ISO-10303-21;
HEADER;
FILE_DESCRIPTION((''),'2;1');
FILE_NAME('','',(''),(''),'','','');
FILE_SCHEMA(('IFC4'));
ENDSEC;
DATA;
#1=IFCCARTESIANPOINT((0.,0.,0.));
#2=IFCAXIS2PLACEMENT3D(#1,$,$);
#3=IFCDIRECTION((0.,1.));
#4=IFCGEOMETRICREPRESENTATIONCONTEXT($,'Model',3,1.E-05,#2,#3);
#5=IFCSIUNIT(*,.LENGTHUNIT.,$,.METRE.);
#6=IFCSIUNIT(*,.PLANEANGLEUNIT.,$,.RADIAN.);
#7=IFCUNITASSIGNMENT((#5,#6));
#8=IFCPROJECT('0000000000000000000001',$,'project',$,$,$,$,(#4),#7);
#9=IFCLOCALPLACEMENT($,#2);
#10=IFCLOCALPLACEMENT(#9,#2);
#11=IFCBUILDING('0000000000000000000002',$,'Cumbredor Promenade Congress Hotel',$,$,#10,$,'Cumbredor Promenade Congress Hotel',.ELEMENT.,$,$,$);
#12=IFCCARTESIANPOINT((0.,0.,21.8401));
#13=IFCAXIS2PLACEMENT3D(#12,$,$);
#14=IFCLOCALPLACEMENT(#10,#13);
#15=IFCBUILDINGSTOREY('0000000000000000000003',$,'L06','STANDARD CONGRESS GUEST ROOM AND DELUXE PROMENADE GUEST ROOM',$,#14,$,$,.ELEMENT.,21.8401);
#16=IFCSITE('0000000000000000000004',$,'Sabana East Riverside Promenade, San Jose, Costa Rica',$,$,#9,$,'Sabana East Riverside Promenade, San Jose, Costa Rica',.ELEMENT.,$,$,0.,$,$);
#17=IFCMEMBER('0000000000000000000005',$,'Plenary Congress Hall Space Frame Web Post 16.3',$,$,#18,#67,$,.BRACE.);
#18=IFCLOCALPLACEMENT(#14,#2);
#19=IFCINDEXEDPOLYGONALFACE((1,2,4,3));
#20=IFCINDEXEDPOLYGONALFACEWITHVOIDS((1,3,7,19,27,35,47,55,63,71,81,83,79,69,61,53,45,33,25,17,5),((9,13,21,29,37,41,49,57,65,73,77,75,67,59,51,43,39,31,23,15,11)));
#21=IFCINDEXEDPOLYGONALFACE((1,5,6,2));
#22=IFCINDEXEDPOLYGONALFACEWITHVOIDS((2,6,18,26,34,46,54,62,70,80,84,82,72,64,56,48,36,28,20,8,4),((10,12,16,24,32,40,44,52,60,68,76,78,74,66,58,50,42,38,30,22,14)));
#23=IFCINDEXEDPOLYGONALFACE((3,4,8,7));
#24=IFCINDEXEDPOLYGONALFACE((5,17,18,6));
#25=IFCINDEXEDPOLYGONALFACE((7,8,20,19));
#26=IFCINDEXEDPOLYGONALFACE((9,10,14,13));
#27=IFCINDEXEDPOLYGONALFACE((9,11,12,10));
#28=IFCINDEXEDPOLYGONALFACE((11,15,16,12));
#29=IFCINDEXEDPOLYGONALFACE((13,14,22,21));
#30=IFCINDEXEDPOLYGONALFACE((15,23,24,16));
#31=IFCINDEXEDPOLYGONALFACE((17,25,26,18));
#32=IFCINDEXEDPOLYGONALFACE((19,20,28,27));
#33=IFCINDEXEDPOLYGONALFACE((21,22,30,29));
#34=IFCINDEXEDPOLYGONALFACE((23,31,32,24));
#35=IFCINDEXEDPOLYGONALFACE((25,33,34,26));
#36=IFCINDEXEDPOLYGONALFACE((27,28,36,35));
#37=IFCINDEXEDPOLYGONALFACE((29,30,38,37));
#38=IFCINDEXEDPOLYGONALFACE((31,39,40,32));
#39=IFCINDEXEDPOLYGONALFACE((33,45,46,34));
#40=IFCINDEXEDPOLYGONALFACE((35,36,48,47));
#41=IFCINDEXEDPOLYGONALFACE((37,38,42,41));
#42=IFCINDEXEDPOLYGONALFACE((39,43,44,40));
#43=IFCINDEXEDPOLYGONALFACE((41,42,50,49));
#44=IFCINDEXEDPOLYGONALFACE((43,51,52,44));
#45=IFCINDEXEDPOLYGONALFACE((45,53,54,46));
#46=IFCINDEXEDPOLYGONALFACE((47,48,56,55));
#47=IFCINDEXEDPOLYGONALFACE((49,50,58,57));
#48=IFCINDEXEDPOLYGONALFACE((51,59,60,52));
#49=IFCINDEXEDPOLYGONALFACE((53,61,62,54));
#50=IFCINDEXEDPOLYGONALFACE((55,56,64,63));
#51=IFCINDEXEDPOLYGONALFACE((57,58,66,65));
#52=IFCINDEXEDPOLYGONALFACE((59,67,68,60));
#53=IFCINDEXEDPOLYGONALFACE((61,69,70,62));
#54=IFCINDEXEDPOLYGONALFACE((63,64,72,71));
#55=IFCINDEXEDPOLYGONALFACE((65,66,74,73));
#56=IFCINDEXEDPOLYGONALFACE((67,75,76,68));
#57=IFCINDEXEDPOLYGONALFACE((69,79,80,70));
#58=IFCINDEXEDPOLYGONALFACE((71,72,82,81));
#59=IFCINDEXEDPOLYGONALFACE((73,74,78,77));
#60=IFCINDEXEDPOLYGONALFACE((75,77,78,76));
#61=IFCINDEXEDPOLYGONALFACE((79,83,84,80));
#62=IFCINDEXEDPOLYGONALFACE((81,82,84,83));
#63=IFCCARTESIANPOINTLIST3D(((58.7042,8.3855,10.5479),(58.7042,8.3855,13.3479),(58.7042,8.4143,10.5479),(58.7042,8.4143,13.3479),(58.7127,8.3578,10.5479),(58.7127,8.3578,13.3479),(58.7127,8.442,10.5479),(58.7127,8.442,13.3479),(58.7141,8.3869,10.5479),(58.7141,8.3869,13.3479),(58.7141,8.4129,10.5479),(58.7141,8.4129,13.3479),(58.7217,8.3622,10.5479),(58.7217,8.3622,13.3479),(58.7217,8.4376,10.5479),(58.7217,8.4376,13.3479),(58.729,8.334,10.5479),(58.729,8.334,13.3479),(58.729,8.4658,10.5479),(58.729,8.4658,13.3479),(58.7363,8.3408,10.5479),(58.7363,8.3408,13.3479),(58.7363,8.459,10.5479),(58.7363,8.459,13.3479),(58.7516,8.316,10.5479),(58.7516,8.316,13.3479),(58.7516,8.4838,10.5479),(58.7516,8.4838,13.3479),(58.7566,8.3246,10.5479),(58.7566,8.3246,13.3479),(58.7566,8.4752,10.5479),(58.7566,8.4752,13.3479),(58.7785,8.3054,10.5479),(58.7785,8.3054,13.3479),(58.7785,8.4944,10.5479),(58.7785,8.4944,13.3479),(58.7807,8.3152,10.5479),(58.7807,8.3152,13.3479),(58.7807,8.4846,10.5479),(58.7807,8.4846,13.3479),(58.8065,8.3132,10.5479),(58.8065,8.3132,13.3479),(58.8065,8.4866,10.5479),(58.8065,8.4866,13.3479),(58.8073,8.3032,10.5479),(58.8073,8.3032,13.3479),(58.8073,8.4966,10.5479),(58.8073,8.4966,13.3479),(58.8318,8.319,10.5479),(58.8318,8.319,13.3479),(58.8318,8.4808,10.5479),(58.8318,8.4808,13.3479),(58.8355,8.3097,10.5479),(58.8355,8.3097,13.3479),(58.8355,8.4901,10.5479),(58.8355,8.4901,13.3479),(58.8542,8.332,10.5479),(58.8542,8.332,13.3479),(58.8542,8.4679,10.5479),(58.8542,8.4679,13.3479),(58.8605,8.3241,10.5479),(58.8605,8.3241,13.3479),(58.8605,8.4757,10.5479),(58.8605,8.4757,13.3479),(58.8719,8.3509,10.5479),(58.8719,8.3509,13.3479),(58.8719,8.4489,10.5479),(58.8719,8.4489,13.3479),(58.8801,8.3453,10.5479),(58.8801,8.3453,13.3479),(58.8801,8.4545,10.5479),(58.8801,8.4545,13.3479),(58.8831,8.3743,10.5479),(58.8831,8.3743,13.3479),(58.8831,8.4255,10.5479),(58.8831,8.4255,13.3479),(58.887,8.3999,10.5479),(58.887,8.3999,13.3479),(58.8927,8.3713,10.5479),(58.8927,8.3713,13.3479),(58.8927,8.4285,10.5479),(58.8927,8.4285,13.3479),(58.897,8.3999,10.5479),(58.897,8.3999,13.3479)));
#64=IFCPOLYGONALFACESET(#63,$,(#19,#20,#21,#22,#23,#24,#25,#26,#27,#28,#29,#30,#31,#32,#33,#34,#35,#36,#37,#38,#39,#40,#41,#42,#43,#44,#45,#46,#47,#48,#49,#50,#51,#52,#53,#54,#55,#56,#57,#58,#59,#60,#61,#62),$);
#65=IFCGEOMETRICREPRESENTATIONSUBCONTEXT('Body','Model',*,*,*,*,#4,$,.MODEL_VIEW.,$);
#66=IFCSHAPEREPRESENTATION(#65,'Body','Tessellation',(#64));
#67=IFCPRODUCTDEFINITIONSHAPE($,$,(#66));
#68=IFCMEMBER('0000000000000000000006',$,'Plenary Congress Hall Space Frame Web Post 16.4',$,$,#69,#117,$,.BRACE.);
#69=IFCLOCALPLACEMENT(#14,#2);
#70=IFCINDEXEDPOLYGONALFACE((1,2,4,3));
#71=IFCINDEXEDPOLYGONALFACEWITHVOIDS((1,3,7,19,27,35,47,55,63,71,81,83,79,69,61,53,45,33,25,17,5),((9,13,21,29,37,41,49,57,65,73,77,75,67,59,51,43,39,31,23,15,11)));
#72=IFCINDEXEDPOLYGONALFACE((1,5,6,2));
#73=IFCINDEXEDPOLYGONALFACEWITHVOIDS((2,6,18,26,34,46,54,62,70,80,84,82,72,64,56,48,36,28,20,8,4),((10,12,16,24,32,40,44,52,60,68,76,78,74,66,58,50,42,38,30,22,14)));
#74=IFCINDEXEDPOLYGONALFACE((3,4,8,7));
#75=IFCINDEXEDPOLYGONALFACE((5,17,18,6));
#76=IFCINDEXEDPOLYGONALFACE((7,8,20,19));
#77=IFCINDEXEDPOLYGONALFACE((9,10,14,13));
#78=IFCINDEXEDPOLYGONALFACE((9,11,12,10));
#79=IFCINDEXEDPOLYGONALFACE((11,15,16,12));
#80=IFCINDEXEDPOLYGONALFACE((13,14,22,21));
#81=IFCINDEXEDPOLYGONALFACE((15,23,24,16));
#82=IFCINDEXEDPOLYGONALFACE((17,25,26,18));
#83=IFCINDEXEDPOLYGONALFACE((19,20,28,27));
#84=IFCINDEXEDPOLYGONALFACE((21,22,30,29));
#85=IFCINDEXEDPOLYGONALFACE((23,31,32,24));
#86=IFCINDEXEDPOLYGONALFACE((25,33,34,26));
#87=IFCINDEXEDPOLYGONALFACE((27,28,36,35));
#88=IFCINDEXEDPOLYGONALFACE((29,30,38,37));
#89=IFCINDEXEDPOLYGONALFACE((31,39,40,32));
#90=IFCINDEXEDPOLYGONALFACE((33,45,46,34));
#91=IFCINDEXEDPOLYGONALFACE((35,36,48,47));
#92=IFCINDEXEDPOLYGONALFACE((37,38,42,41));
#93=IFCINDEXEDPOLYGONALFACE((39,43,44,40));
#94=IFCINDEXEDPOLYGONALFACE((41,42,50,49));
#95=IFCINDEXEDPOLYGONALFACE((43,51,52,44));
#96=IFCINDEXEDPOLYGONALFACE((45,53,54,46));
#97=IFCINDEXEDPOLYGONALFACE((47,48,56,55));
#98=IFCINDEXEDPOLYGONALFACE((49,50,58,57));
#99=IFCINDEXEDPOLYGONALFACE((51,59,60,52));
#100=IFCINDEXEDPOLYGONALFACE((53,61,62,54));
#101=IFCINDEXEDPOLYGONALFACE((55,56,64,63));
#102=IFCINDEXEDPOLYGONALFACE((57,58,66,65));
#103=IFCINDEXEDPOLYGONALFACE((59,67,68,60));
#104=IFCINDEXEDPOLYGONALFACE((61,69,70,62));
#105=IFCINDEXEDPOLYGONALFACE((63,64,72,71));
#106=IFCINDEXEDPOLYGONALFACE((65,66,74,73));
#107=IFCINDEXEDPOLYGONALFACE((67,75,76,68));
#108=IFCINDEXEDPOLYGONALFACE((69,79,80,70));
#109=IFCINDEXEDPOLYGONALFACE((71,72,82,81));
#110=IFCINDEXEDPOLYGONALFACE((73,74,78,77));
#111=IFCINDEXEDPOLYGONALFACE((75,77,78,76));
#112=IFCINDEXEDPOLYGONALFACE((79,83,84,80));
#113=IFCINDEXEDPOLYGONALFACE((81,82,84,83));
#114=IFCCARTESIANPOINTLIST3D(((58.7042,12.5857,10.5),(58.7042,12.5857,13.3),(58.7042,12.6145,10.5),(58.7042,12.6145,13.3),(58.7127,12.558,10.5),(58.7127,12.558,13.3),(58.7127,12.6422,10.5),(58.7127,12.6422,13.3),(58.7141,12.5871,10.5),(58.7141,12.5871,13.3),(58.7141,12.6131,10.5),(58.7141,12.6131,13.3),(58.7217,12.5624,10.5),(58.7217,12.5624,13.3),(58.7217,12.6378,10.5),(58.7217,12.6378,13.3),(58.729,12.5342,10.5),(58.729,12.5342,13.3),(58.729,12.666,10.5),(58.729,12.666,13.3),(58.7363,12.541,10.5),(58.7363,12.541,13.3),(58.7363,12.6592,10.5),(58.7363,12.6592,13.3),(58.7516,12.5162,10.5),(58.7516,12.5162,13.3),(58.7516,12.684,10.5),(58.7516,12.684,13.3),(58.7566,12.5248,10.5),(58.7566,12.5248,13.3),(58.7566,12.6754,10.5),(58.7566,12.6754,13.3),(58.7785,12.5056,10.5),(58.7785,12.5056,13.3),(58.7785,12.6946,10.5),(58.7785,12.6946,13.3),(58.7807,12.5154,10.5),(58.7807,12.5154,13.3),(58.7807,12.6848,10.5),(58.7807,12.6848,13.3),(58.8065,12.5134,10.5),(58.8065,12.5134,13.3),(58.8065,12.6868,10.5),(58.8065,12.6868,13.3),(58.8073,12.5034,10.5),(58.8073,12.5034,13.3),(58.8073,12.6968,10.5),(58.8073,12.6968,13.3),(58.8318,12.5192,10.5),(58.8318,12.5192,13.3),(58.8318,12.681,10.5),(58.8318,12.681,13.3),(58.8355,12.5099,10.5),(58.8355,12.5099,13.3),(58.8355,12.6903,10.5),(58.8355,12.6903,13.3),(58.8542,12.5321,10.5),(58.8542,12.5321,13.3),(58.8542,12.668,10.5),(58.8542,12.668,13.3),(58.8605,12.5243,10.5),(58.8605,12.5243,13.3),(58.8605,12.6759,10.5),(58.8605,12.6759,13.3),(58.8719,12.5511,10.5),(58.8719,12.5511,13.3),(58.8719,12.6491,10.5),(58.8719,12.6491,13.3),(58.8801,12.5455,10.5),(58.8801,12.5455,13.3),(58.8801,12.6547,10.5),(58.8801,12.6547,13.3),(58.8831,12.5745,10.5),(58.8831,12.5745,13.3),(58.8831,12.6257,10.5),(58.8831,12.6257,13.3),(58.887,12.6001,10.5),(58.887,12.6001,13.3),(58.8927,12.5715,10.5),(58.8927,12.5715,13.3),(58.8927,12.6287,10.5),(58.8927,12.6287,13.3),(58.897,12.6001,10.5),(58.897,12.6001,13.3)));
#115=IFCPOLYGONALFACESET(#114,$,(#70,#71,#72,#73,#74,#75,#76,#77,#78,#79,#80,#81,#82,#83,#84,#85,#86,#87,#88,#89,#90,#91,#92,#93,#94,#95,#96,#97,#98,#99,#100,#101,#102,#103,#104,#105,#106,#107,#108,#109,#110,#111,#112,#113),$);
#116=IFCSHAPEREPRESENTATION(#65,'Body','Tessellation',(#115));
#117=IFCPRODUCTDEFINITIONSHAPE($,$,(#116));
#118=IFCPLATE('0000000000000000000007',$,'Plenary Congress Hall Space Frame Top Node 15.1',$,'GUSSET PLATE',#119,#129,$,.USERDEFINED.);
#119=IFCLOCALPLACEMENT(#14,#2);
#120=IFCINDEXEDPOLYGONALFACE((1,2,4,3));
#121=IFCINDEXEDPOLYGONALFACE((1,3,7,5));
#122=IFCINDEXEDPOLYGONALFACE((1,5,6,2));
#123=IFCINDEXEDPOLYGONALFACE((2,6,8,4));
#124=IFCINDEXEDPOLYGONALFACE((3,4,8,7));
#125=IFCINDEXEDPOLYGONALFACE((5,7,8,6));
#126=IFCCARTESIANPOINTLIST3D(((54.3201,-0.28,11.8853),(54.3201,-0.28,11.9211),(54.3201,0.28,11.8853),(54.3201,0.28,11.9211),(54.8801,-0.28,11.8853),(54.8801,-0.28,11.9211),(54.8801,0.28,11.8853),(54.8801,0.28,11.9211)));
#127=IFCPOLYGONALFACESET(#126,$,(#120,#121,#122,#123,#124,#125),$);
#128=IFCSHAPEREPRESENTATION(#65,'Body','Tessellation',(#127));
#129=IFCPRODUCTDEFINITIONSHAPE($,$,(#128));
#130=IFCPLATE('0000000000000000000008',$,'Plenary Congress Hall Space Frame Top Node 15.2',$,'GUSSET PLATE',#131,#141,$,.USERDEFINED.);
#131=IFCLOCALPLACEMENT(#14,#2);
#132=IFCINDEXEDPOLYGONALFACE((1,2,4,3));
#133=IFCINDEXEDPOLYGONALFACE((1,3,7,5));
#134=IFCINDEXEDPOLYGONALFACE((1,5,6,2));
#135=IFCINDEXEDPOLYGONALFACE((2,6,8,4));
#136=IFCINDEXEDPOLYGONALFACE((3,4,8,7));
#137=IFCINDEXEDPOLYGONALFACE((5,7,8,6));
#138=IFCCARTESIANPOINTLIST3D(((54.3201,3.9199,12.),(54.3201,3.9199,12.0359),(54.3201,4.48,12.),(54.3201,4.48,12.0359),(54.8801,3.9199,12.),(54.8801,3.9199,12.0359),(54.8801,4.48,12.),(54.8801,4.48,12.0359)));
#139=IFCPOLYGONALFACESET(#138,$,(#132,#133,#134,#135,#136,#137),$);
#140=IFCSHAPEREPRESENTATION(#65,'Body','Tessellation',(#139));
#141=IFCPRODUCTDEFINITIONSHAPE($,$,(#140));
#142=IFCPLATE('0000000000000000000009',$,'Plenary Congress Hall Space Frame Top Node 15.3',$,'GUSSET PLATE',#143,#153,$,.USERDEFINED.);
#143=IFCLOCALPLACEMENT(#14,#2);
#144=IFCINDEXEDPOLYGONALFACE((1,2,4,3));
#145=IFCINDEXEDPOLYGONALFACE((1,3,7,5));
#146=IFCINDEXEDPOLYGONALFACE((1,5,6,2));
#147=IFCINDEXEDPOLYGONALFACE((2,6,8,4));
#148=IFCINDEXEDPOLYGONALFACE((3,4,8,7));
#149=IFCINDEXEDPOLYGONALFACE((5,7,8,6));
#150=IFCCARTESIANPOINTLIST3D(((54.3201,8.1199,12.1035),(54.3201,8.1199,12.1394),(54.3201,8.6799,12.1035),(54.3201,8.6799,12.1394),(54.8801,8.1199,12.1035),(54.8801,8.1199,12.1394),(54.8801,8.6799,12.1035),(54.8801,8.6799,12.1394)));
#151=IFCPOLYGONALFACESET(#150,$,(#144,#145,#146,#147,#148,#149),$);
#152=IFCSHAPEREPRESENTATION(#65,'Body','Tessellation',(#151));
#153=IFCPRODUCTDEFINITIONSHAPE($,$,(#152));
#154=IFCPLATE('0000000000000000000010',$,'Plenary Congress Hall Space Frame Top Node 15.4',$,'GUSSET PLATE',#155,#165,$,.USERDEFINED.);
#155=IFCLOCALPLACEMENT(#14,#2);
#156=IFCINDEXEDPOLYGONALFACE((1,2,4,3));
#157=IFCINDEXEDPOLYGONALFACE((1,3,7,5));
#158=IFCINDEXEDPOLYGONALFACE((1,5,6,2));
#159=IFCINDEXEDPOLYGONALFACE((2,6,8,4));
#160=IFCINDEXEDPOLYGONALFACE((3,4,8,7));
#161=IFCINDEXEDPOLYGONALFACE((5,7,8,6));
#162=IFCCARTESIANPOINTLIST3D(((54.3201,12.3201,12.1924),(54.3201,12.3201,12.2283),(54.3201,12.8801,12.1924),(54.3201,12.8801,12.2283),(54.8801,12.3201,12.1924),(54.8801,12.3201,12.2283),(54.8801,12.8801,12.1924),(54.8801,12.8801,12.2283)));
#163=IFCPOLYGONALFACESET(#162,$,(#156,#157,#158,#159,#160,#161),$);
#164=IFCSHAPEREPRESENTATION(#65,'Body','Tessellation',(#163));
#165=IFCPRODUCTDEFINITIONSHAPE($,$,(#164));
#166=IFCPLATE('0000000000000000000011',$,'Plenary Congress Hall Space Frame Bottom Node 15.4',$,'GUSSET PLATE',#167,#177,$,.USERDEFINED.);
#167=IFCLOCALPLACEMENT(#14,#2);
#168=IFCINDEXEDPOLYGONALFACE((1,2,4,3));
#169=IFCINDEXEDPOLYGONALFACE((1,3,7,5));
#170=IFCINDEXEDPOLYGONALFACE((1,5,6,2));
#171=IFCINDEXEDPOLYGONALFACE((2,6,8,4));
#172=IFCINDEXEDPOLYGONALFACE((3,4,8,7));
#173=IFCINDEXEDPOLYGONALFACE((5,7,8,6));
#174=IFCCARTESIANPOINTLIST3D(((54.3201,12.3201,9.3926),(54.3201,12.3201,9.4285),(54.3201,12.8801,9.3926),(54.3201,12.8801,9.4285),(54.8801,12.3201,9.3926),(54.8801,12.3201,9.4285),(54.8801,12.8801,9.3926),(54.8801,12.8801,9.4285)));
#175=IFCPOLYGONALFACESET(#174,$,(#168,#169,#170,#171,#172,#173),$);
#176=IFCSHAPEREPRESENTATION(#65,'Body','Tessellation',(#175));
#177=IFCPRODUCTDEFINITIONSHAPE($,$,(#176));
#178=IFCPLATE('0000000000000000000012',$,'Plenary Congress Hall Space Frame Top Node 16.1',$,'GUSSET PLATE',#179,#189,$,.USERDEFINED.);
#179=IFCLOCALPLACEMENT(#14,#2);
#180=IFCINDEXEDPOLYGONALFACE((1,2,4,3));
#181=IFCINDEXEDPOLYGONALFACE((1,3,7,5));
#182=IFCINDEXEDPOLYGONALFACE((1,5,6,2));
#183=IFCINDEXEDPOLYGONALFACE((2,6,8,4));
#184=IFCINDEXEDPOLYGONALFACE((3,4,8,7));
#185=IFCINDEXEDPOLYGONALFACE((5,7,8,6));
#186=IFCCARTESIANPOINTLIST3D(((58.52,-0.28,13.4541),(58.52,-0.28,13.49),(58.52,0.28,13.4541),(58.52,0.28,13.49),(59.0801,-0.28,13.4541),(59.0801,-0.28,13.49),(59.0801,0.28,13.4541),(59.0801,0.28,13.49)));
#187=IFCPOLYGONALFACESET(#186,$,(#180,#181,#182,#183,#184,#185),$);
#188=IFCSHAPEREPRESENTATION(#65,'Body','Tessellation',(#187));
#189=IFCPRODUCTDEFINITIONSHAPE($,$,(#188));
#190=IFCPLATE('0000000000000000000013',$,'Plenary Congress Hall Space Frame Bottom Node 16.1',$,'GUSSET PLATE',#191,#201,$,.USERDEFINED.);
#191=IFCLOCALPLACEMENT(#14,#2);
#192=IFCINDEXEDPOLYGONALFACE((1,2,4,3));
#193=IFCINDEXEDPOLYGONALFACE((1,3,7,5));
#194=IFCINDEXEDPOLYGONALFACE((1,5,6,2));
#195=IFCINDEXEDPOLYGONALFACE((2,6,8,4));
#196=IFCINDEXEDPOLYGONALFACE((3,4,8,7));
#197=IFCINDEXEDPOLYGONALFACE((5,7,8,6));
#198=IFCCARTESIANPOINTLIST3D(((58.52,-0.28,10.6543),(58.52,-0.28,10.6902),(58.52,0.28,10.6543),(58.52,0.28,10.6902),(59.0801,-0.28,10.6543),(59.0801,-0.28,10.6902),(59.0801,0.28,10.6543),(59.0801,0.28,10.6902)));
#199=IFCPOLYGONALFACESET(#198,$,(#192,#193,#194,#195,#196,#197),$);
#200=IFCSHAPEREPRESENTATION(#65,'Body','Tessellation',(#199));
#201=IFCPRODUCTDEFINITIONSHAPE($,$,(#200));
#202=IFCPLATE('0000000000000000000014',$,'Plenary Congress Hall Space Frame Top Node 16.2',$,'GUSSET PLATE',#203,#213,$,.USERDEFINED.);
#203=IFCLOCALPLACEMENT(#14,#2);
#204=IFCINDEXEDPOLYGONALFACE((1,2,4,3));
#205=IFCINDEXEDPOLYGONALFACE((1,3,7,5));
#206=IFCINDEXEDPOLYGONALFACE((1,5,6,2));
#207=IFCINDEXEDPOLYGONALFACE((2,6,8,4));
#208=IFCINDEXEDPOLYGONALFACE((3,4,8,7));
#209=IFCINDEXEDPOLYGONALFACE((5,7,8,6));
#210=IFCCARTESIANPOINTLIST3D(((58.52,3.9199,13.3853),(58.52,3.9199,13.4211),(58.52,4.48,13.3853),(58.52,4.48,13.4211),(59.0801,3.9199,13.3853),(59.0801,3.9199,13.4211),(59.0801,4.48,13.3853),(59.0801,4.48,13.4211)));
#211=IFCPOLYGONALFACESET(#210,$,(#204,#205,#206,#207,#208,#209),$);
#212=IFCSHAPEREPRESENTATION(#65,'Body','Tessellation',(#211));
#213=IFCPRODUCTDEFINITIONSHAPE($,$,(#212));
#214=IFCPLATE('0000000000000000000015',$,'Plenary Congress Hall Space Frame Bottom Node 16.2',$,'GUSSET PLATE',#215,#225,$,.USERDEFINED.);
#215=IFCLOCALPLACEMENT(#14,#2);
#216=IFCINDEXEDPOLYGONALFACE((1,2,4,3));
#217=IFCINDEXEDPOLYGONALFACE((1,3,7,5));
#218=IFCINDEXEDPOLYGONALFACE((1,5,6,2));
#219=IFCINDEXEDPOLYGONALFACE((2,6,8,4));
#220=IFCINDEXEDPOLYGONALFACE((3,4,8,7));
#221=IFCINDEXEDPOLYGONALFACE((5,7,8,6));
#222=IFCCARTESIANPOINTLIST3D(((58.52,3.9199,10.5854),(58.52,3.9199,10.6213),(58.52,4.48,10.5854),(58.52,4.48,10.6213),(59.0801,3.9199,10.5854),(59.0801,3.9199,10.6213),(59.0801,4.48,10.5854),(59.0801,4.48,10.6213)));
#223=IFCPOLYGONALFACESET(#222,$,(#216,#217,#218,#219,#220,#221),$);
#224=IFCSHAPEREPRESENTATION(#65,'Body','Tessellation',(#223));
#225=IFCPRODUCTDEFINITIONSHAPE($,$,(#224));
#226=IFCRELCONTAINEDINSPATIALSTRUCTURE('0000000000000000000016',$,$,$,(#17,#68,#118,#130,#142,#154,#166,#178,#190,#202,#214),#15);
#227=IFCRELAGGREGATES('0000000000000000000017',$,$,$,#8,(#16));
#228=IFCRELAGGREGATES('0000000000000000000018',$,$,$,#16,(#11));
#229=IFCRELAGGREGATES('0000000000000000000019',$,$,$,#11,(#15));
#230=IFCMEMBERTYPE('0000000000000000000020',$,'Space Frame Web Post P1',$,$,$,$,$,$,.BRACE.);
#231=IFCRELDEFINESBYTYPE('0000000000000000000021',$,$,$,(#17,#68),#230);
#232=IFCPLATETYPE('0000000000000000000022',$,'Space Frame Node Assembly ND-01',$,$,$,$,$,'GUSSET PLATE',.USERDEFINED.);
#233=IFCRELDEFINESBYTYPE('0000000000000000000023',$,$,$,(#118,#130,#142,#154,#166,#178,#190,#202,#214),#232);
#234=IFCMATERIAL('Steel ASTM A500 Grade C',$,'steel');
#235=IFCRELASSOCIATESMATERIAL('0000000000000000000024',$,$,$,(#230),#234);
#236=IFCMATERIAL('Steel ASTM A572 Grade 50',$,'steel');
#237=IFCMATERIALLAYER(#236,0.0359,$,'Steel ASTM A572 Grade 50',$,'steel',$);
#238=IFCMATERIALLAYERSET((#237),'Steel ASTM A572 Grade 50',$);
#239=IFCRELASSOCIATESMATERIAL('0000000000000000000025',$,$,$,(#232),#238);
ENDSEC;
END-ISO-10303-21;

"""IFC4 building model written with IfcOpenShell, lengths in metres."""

from ifc_helpers import new_model, si_unit, direction, frame, origin, origin_2d, place, context, subcontext, project, spatial, rectangle, hollow_circle, extrude, material, layer, layer_set, material_profile, profile_set, type_object, element, save


model = new_model("IFC4")

# Units and contexts
model_context = context("Model", 3, precision=1e-05, world=origin(), true_north=direction((0.0, 1.0)))
body_context = subcontext(model_context, "Body", "Model", "MODEL_VIEW")
ifc_project = project(units=[si_unit("LENGTHUNIT", "METRE"), si_unit("PLANEANGLEUNIT", "RADIAN")], contexts=[model_context])

# Site, building, storey
site_placement = place(None, origin())
site = spatial("IfcSite", under=ifc_project, at=site_placement, Name="Sabana East Riverside Promenade, San Jose, Costa Rica", LongName="Sabana East Riverside Promenade, San Jose, Costa Rica", CompositionType="ELEMENT", RefElevation=0.0)
building_placement = place(site_placement, origin())
building = spatial("IfcBuilding", under=site, at=building_placement, Name="Cumbredor Promenade Congress Hotel", LongName="Cumbredor Promenade Congress Hotel", CompositionType="ELEMENT")
storey_placement = place(building_placement, frame((0.0, 0.0, 21.8401)))
storey = spatial("IfcBuildingStorey", under=building, at=storey_placement, Name="L06", Description="STANDARD CONGRESS GUEST ROOM AND DELUXE PROMENADE GUEST ROOM", CompositionType="ELEMENT", Elevation=21.8401)

# Members
ifc_material_1 = material(Name="Steel ASTM A500 Grade C", Category="steel")
ifc_material_profile_1 = material_profile(ifc_material_1, hollow_circle(Radius=0.0969, WallThickness=0.01, at=origin_2d()), Name="CHS 193.7x10")
ifc_profile_set_1 = profile_set([ifc_material_profile_1], Name="Steel ASTM A500 Grade C")
member_type_1 = type_object("IfcMemberType", Name="Space Frame Web Post P1", PredefinedType="BRACE", material=ifc_profile_set_1)
for number, where, z_axis, x_axis, name in (
    (1, (58.8, 8.3999, 10.5479), (0.0, 0.0, 1.0), (1.0, 0.0, 0.0), "Plenary Congress Hall Space Frame Web Post 16.3"),
    (2, (58.8, 12.6001, 10.5), (0.0, 0.0, 1.0), (1.0, 0.0, 0.0), "Plenary Congress Hall Space Frame Web Post 16.4"),
):
    element("IfcMember", number, at=place(storey_placement, frame(where, z_axis=z_axis, x_axis=x_axis)), inside=storey, type_object=member_type_1, Name=name, PredefinedType="BRACE", context=body_context, shape_type="SweptSolid", body=[
        extrude(hollow_circle(Radius=0.0969, WallThickness=0.01, at=origin_2d()), origin(), (0.0, 0.0, 1.0), 2.8),
    ])

# Plates
ifc_material_2 = material(Name="Steel ASTM A572 Grade 50", Category="steel")
ifc_layer = layer(ifc_material_2, 0.0359, Name="Steel ASTM A572 Grade 50", Category="steel")
ifc_layer_set = layer_set([ifc_layer], Name="Steel ASTM A572 Grade 50")
plate_type = type_object("IfcPlateType", Name="Space Frame Node Assembly ND-01", ElementType="GUSSET PLATE", PredefinedType="USERDEFINED", material=ifc_layer_set)
for number, where, z_axis, x_axis, name in (
    (3, (54.6001, 0.0, 11.8853), (0.0, 0.0, 1.0), (1.0, 0.0, 0.0), "Plenary Congress Hall Space Frame Top Node 15.1"),
    (4, (54.6001, 4.2, 12.0), (0.0, 0.0, 1.0), (1.0, 0.0, 0.0), "Plenary Congress Hall Space Frame Top Node 15.2"),
    (5, (54.6001, 8.3999, 12.1035), (0.0, 0.0, 1.0), (1.0, 0.0, 0.0), "Plenary Congress Hall Space Frame Top Node 15.3"),
    (6, (54.6001, 12.6001, 12.1924), (0.0, 0.0, 1.0), (1.0, 0.0, 0.0), "Plenary Congress Hall Space Frame Top Node 15.4"),
    (7, (54.6001, 12.6001, 9.3926), (0.0, 0.0, 1.0), (1.0, 0.0, 0.0), "Plenary Congress Hall Space Frame Bottom Node 15.4"),
    (8, (58.8, 0.0, 13.4541), (0.0, 0.0, 1.0), (1.0, 0.0, 0.0), "Plenary Congress Hall Space Frame Top Node 16.1"),
    (9, (58.8, 0.0, 10.6543), (0.0, 0.0, 1.0), (1.0, 0.0, 0.0), "Plenary Congress Hall Space Frame Bottom Node 16.1"),
    (10, (58.8, 4.2, 13.3853), (0.0, 0.0, 1.0), (1.0, 0.0, 0.0), "Plenary Congress Hall Space Frame Top Node 16.2"),
    (11, (58.8, 4.2, 10.5854), (0.0, 0.0, 1.0), (1.0, 0.0, 0.0), "Plenary Congress Hall Space Frame Bottom Node 16.2"),
):
    element("IfcPlate", number, at=place(storey_placement, frame(where, z_axis=z_axis, x_axis=x_axis)), inside=storey, type_object=plate_type, Name=name, ObjectType="GUSSET PLATE", PredefinedType="USERDEFINED", context=body_context, shape_type="SweptSolid", body=[
        extrude(rectangle(XDim=0.5601, YDim=0.5601, at=origin_2d()), origin(), (0.0, 0.0, 1.0), 0.0359),
    ])

save(model, "model.ifc")
